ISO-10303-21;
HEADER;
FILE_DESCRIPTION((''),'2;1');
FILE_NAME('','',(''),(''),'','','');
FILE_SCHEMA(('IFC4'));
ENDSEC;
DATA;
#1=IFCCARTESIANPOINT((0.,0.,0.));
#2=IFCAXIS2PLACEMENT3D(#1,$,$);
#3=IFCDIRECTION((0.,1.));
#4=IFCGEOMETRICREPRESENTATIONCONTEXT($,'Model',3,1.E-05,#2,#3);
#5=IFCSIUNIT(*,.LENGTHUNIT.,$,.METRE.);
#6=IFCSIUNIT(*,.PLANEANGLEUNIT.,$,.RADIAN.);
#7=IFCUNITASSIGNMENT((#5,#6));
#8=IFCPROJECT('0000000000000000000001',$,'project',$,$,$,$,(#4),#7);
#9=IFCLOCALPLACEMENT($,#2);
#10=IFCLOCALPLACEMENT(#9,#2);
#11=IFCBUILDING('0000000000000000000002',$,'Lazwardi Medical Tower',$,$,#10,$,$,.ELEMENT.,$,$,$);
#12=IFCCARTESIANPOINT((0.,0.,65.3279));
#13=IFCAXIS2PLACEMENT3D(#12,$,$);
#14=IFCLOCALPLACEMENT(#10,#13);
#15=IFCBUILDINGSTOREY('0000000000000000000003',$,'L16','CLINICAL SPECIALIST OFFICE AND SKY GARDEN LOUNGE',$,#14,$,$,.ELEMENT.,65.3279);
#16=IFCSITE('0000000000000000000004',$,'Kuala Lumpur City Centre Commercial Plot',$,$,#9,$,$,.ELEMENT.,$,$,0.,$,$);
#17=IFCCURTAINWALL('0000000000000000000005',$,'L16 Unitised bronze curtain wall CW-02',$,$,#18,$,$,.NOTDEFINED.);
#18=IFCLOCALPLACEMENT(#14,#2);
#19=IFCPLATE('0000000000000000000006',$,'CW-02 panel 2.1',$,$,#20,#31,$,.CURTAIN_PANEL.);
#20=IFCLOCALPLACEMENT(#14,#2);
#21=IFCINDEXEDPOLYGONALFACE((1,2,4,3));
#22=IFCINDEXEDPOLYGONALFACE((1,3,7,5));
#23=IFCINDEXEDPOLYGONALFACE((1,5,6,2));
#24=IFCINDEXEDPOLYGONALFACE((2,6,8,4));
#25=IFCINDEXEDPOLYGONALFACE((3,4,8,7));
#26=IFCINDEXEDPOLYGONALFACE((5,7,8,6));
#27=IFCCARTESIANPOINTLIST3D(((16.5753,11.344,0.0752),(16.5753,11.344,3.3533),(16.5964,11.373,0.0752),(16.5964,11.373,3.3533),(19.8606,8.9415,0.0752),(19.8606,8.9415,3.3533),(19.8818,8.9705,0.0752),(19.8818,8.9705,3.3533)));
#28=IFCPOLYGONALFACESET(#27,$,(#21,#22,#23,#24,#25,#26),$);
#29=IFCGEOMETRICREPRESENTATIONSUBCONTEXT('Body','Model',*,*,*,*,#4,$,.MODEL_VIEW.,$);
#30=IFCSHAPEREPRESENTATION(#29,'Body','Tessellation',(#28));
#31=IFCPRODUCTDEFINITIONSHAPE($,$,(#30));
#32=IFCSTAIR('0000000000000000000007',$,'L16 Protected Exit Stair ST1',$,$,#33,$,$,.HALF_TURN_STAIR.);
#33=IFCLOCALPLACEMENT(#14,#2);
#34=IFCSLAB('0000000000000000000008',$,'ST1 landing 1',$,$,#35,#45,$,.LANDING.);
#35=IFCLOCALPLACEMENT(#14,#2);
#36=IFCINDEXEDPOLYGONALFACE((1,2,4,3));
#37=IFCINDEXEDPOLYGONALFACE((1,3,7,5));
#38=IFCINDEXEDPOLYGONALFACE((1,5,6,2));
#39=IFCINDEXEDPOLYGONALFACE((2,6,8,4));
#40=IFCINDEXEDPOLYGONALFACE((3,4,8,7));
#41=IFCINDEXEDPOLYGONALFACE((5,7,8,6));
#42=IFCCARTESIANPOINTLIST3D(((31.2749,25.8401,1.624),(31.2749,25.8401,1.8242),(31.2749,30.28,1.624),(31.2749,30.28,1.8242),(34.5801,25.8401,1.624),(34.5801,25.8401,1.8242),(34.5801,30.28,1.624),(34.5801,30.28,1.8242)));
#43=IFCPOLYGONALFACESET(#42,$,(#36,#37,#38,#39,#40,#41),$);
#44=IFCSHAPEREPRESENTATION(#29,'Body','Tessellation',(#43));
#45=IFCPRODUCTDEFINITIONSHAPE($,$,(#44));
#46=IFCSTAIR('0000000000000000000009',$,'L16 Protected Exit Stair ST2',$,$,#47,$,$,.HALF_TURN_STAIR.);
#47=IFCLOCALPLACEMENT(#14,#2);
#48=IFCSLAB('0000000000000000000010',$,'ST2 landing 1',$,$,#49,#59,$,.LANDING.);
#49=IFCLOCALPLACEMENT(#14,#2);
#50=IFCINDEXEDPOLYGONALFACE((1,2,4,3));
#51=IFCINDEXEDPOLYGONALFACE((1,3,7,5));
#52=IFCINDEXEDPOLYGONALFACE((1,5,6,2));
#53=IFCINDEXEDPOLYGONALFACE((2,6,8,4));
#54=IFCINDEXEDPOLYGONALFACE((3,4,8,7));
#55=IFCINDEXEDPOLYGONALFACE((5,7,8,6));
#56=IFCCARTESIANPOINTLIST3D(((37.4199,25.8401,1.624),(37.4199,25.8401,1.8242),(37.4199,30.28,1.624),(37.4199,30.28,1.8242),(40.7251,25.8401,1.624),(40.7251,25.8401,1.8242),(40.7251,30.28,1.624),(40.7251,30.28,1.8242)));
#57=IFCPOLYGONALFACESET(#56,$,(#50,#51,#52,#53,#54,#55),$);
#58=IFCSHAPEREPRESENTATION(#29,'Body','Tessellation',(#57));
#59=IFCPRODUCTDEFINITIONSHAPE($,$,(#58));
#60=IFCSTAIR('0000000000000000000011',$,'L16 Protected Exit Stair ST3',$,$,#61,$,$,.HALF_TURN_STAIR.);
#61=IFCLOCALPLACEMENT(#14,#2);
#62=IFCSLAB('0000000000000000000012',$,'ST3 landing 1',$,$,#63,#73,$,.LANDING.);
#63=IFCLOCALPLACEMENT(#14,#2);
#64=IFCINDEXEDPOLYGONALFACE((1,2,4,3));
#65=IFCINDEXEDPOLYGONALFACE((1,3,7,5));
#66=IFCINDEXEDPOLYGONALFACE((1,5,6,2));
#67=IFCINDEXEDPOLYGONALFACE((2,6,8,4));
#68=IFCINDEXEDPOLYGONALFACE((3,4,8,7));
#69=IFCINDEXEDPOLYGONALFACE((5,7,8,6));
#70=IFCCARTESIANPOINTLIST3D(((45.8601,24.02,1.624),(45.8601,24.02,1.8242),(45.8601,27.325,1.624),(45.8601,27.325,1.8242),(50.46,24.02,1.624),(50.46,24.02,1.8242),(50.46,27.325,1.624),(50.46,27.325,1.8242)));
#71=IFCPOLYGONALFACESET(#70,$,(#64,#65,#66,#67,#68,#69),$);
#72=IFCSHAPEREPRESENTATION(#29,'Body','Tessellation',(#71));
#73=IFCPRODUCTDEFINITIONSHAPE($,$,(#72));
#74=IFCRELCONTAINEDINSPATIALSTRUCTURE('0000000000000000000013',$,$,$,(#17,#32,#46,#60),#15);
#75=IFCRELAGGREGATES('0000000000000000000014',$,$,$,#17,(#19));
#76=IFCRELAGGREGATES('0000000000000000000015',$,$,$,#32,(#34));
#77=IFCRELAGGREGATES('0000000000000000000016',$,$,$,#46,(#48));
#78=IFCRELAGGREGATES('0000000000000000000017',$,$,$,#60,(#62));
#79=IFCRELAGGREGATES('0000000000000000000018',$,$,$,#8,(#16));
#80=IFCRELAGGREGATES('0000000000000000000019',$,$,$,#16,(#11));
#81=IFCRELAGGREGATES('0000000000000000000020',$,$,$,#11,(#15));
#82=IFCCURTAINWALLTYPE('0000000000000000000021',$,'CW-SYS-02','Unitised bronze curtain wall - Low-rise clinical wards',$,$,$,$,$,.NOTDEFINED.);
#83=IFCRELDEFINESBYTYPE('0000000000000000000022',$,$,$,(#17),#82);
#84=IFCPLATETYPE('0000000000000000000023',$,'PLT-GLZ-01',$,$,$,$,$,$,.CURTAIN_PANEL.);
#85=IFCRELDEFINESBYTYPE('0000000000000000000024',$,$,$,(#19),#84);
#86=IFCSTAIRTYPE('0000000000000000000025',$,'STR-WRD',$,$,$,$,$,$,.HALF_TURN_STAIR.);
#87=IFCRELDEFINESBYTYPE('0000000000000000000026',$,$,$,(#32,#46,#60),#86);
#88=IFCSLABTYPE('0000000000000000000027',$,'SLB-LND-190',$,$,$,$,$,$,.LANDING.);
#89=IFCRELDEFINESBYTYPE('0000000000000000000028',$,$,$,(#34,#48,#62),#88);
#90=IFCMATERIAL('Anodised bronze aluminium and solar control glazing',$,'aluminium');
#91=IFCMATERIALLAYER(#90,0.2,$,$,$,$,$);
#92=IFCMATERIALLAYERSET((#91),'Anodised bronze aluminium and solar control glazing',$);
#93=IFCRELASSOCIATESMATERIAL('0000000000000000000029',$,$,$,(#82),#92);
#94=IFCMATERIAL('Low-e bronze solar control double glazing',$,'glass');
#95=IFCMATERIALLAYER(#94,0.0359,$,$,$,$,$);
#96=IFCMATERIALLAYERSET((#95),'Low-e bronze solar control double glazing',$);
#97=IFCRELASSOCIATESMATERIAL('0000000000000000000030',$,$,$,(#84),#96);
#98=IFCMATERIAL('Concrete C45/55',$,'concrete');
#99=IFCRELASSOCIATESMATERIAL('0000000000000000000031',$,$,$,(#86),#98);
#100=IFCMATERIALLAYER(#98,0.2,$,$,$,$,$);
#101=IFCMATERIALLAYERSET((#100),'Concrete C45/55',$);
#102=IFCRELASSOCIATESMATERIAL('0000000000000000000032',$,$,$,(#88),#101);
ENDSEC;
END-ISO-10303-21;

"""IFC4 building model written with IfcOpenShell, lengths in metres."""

from ifc_helpers import new_model, si_unit, direction, frame, origin, origin_2d, place, context, subcontext, project, spatial, polyline, rectangle, outline, extrude, material, layer, layer_set, type_object, element, aggregate, save


model = new_model("IFC4")

# Units and contexts
model_context = context("Model", 3, precision=1e-05, world=origin(), true_north=direction((0.0, 1.0)))
body_context = subcontext(model_context, "Body", "Model", "MODEL_VIEW")
ifc_project = project(units=[si_unit("LENGTHUNIT", "METRE"), si_unit("PLANEANGLEUNIT", "RADIAN")], contexts=[model_context])

# Site, building, storey
site_placement = place(None, origin())
site = spatial("IfcSite", under=ifc_project, at=site_placement, Name="Kuala Lumpur City Centre Commercial Plot", CompositionType="ELEMENT", RefElevation=0.0)
building_placement = place(site_placement, origin())
building = spatial("IfcBuilding", under=site, at=building_placement, Name="Lazwardi Medical Tower", CompositionType="ELEMENT")
storey_placement = place(building_placement, frame((0.0, 0.0, 65.3279)))
storey = spatial("IfcBuildingStorey", under=building, at=storey_placement, Name="L16", Description="CLINICAL SPECIALIST OFFICE AND SKY GARDEN LOUNGE", CompositionType="ELEMENT", Elevation=65.3279)

# Curtain wall, plate
ifc_material_1 = material(Name="Anodised bronze aluminium and solar control glazing", Category="aluminium")
ifc_layer_1 = layer(ifc_material_1, 0.2)
ifc_layer_set_1 = layer_set([ifc_layer_1], Name="Anodised bronze aluminium and solar control glazing")
curtain_wall_type = type_object("IfcCurtainWallType", Name="CW-SYS-02", Description="Unitised bronze curtain wall - Low-rise clinical wards", PredefinedType="NOTDEFINED", material=ifc_layer_set_1)
curtain_wall_placement = place(storey_placement, origin())
curtain_wall = element("IfcCurtainWall", 1, at=curtain_wall_placement, inside=storey, type_object=curtain_wall_type, Name="L16 Unitised bronze curtain wall CW-02", PredefinedType="NOTDEFINED")
ifc_material_2 = material(Name="Low-e bronze solar control double glazing", Category="glass")
ifc_layer_2 = layer(ifc_material_2, 0.0359)
ifc_layer_set_2 = layer_set([ifc_layer_2], Name="Low-e bronze solar control double glazing")
plate_type = type_object("IfcPlateType", Name="PLT-GLZ-01", PredefinedType="CURTAIN_PANEL", material=ifc_layer_set_2)
plate_placement = place(storey_placement, frame((18.2285, 10.1572, 0.0752), z_axis=(0.0, 0.0, 1.0), x_axis=(0.807192, -0.590289, 0.0)))
plate = element("IfcPlate", 2, at=plate_placement, type_object=plate_type, Name="CW-02 panel 2.1", PredefinedType="CURTAIN_PANEL", context=body_context, shape_type="SweptSolid", body=[
    extrude(rectangle(XDim=4.0701, YDim=0.0359, at=origin_2d()), origin(), (0.0, 0.0, 1.0), 3.2781),
])
aggregate(curtain_wall, [plate])

# Stairs, slabs
ifc_material_3 = material(Name="Concrete C45/55", Category="concrete")
stair_type = type_object("IfcStairType", Name="STR-WRD", PredefinedType="HALF_TURN_STAIR", material=ifc_material_3)
stair_1_placement = place(storey_placement, origin())
stair_1 = element("IfcStair", 3, at=stair_1_placement, inside=storey, type_object=stair_type, Name="L16 Protected Exit Stair ST1", PredefinedType="HALF_TURN_STAIR")
ifc_layer_3 = layer(ifc_material_3, 0.2)
ifc_layer_set_3 = layer_set([ifc_layer_3], Name="Concrete C45/55")
slab_type_1 = type_object("IfcSlabType", Name="SLB-LND-190", PredefinedType="LANDING", material=ifc_layer_set_3)
slab_1_placement = place(storey_placement, frame((0.0, 0.0, 1.624)))
slab_1 = element("IfcSlab", 4, at=slab_1_placement, type_object=slab_type_1, Name="ST1 landing 1", PredefinedType="LANDING", context=body_context, shape_type="SweptSolid", body=[
    extrude(outline(polyline([(31.2749, 25.8401), (34.5801, 25.8401), (34.5801, 30.28), (31.2749, 30.28), (31.2749, 25.8401)])), origin(), (0.0, 0.0, 1.0), 0.2002),
])
aggregate(stair_1, [slab_1])
stair_2_placement = place(storey_placement, origin())
stair_2 = element("IfcStair", 5, at=stair_2_placement, inside=storey, type_object=stair_type, Name="L16 Protected Exit Stair ST2", PredefinedType="HALF_TURN_STAIR")
slab_2_placement = place(storey_placement, frame((0.0, 0.0, 1.624)))
slab_2 = element("IfcSlab", 6, at=slab_2_placement, type_object=slab_type_1, Name="ST2 landing 1", PredefinedType="LANDING", context=body_context, shape_type="SweptSolid", body=[
    extrude(outline(polyline([(40.7251, 30.28), (37.4199, 30.28), (37.4199, 25.8401), (40.7251, 25.8401), (40.7251, 30.28)])), origin(), (0.0, 0.0, 1.0), 0.2002),
])
aggregate(stair_2, [slab_2])
stair_3_placement = place(storey_placement, origin())
stair_3 = element("IfcStair", 7, at=stair_3_placement, inside=storey, type_object=stair_type, Name="L16 Protected Exit Stair ST3", PredefinedType="HALF_TURN_STAIR")
slab_3_placement = place(storey_placement, frame((0.0, 0.0, 1.624)))
slab_3 = element("IfcSlab", 8, at=slab_3_placement, type_object=slab_type_1, Name="ST3 landing 1", PredefinedType="LANDING", context=body_context, shape_type="SweptSolid", body=[
    extrude(outline(polyline([(45.8601, 27.325), (45.8601, 24.02), (50.46, 24.02), (50.46, 27.325), (45.8601, 27.325)])), origin(), (0.0, 0.0, 1.0), 0.2002),
])
aggregate(stair_3, [slab_3])

save(model, "model.ifc")
